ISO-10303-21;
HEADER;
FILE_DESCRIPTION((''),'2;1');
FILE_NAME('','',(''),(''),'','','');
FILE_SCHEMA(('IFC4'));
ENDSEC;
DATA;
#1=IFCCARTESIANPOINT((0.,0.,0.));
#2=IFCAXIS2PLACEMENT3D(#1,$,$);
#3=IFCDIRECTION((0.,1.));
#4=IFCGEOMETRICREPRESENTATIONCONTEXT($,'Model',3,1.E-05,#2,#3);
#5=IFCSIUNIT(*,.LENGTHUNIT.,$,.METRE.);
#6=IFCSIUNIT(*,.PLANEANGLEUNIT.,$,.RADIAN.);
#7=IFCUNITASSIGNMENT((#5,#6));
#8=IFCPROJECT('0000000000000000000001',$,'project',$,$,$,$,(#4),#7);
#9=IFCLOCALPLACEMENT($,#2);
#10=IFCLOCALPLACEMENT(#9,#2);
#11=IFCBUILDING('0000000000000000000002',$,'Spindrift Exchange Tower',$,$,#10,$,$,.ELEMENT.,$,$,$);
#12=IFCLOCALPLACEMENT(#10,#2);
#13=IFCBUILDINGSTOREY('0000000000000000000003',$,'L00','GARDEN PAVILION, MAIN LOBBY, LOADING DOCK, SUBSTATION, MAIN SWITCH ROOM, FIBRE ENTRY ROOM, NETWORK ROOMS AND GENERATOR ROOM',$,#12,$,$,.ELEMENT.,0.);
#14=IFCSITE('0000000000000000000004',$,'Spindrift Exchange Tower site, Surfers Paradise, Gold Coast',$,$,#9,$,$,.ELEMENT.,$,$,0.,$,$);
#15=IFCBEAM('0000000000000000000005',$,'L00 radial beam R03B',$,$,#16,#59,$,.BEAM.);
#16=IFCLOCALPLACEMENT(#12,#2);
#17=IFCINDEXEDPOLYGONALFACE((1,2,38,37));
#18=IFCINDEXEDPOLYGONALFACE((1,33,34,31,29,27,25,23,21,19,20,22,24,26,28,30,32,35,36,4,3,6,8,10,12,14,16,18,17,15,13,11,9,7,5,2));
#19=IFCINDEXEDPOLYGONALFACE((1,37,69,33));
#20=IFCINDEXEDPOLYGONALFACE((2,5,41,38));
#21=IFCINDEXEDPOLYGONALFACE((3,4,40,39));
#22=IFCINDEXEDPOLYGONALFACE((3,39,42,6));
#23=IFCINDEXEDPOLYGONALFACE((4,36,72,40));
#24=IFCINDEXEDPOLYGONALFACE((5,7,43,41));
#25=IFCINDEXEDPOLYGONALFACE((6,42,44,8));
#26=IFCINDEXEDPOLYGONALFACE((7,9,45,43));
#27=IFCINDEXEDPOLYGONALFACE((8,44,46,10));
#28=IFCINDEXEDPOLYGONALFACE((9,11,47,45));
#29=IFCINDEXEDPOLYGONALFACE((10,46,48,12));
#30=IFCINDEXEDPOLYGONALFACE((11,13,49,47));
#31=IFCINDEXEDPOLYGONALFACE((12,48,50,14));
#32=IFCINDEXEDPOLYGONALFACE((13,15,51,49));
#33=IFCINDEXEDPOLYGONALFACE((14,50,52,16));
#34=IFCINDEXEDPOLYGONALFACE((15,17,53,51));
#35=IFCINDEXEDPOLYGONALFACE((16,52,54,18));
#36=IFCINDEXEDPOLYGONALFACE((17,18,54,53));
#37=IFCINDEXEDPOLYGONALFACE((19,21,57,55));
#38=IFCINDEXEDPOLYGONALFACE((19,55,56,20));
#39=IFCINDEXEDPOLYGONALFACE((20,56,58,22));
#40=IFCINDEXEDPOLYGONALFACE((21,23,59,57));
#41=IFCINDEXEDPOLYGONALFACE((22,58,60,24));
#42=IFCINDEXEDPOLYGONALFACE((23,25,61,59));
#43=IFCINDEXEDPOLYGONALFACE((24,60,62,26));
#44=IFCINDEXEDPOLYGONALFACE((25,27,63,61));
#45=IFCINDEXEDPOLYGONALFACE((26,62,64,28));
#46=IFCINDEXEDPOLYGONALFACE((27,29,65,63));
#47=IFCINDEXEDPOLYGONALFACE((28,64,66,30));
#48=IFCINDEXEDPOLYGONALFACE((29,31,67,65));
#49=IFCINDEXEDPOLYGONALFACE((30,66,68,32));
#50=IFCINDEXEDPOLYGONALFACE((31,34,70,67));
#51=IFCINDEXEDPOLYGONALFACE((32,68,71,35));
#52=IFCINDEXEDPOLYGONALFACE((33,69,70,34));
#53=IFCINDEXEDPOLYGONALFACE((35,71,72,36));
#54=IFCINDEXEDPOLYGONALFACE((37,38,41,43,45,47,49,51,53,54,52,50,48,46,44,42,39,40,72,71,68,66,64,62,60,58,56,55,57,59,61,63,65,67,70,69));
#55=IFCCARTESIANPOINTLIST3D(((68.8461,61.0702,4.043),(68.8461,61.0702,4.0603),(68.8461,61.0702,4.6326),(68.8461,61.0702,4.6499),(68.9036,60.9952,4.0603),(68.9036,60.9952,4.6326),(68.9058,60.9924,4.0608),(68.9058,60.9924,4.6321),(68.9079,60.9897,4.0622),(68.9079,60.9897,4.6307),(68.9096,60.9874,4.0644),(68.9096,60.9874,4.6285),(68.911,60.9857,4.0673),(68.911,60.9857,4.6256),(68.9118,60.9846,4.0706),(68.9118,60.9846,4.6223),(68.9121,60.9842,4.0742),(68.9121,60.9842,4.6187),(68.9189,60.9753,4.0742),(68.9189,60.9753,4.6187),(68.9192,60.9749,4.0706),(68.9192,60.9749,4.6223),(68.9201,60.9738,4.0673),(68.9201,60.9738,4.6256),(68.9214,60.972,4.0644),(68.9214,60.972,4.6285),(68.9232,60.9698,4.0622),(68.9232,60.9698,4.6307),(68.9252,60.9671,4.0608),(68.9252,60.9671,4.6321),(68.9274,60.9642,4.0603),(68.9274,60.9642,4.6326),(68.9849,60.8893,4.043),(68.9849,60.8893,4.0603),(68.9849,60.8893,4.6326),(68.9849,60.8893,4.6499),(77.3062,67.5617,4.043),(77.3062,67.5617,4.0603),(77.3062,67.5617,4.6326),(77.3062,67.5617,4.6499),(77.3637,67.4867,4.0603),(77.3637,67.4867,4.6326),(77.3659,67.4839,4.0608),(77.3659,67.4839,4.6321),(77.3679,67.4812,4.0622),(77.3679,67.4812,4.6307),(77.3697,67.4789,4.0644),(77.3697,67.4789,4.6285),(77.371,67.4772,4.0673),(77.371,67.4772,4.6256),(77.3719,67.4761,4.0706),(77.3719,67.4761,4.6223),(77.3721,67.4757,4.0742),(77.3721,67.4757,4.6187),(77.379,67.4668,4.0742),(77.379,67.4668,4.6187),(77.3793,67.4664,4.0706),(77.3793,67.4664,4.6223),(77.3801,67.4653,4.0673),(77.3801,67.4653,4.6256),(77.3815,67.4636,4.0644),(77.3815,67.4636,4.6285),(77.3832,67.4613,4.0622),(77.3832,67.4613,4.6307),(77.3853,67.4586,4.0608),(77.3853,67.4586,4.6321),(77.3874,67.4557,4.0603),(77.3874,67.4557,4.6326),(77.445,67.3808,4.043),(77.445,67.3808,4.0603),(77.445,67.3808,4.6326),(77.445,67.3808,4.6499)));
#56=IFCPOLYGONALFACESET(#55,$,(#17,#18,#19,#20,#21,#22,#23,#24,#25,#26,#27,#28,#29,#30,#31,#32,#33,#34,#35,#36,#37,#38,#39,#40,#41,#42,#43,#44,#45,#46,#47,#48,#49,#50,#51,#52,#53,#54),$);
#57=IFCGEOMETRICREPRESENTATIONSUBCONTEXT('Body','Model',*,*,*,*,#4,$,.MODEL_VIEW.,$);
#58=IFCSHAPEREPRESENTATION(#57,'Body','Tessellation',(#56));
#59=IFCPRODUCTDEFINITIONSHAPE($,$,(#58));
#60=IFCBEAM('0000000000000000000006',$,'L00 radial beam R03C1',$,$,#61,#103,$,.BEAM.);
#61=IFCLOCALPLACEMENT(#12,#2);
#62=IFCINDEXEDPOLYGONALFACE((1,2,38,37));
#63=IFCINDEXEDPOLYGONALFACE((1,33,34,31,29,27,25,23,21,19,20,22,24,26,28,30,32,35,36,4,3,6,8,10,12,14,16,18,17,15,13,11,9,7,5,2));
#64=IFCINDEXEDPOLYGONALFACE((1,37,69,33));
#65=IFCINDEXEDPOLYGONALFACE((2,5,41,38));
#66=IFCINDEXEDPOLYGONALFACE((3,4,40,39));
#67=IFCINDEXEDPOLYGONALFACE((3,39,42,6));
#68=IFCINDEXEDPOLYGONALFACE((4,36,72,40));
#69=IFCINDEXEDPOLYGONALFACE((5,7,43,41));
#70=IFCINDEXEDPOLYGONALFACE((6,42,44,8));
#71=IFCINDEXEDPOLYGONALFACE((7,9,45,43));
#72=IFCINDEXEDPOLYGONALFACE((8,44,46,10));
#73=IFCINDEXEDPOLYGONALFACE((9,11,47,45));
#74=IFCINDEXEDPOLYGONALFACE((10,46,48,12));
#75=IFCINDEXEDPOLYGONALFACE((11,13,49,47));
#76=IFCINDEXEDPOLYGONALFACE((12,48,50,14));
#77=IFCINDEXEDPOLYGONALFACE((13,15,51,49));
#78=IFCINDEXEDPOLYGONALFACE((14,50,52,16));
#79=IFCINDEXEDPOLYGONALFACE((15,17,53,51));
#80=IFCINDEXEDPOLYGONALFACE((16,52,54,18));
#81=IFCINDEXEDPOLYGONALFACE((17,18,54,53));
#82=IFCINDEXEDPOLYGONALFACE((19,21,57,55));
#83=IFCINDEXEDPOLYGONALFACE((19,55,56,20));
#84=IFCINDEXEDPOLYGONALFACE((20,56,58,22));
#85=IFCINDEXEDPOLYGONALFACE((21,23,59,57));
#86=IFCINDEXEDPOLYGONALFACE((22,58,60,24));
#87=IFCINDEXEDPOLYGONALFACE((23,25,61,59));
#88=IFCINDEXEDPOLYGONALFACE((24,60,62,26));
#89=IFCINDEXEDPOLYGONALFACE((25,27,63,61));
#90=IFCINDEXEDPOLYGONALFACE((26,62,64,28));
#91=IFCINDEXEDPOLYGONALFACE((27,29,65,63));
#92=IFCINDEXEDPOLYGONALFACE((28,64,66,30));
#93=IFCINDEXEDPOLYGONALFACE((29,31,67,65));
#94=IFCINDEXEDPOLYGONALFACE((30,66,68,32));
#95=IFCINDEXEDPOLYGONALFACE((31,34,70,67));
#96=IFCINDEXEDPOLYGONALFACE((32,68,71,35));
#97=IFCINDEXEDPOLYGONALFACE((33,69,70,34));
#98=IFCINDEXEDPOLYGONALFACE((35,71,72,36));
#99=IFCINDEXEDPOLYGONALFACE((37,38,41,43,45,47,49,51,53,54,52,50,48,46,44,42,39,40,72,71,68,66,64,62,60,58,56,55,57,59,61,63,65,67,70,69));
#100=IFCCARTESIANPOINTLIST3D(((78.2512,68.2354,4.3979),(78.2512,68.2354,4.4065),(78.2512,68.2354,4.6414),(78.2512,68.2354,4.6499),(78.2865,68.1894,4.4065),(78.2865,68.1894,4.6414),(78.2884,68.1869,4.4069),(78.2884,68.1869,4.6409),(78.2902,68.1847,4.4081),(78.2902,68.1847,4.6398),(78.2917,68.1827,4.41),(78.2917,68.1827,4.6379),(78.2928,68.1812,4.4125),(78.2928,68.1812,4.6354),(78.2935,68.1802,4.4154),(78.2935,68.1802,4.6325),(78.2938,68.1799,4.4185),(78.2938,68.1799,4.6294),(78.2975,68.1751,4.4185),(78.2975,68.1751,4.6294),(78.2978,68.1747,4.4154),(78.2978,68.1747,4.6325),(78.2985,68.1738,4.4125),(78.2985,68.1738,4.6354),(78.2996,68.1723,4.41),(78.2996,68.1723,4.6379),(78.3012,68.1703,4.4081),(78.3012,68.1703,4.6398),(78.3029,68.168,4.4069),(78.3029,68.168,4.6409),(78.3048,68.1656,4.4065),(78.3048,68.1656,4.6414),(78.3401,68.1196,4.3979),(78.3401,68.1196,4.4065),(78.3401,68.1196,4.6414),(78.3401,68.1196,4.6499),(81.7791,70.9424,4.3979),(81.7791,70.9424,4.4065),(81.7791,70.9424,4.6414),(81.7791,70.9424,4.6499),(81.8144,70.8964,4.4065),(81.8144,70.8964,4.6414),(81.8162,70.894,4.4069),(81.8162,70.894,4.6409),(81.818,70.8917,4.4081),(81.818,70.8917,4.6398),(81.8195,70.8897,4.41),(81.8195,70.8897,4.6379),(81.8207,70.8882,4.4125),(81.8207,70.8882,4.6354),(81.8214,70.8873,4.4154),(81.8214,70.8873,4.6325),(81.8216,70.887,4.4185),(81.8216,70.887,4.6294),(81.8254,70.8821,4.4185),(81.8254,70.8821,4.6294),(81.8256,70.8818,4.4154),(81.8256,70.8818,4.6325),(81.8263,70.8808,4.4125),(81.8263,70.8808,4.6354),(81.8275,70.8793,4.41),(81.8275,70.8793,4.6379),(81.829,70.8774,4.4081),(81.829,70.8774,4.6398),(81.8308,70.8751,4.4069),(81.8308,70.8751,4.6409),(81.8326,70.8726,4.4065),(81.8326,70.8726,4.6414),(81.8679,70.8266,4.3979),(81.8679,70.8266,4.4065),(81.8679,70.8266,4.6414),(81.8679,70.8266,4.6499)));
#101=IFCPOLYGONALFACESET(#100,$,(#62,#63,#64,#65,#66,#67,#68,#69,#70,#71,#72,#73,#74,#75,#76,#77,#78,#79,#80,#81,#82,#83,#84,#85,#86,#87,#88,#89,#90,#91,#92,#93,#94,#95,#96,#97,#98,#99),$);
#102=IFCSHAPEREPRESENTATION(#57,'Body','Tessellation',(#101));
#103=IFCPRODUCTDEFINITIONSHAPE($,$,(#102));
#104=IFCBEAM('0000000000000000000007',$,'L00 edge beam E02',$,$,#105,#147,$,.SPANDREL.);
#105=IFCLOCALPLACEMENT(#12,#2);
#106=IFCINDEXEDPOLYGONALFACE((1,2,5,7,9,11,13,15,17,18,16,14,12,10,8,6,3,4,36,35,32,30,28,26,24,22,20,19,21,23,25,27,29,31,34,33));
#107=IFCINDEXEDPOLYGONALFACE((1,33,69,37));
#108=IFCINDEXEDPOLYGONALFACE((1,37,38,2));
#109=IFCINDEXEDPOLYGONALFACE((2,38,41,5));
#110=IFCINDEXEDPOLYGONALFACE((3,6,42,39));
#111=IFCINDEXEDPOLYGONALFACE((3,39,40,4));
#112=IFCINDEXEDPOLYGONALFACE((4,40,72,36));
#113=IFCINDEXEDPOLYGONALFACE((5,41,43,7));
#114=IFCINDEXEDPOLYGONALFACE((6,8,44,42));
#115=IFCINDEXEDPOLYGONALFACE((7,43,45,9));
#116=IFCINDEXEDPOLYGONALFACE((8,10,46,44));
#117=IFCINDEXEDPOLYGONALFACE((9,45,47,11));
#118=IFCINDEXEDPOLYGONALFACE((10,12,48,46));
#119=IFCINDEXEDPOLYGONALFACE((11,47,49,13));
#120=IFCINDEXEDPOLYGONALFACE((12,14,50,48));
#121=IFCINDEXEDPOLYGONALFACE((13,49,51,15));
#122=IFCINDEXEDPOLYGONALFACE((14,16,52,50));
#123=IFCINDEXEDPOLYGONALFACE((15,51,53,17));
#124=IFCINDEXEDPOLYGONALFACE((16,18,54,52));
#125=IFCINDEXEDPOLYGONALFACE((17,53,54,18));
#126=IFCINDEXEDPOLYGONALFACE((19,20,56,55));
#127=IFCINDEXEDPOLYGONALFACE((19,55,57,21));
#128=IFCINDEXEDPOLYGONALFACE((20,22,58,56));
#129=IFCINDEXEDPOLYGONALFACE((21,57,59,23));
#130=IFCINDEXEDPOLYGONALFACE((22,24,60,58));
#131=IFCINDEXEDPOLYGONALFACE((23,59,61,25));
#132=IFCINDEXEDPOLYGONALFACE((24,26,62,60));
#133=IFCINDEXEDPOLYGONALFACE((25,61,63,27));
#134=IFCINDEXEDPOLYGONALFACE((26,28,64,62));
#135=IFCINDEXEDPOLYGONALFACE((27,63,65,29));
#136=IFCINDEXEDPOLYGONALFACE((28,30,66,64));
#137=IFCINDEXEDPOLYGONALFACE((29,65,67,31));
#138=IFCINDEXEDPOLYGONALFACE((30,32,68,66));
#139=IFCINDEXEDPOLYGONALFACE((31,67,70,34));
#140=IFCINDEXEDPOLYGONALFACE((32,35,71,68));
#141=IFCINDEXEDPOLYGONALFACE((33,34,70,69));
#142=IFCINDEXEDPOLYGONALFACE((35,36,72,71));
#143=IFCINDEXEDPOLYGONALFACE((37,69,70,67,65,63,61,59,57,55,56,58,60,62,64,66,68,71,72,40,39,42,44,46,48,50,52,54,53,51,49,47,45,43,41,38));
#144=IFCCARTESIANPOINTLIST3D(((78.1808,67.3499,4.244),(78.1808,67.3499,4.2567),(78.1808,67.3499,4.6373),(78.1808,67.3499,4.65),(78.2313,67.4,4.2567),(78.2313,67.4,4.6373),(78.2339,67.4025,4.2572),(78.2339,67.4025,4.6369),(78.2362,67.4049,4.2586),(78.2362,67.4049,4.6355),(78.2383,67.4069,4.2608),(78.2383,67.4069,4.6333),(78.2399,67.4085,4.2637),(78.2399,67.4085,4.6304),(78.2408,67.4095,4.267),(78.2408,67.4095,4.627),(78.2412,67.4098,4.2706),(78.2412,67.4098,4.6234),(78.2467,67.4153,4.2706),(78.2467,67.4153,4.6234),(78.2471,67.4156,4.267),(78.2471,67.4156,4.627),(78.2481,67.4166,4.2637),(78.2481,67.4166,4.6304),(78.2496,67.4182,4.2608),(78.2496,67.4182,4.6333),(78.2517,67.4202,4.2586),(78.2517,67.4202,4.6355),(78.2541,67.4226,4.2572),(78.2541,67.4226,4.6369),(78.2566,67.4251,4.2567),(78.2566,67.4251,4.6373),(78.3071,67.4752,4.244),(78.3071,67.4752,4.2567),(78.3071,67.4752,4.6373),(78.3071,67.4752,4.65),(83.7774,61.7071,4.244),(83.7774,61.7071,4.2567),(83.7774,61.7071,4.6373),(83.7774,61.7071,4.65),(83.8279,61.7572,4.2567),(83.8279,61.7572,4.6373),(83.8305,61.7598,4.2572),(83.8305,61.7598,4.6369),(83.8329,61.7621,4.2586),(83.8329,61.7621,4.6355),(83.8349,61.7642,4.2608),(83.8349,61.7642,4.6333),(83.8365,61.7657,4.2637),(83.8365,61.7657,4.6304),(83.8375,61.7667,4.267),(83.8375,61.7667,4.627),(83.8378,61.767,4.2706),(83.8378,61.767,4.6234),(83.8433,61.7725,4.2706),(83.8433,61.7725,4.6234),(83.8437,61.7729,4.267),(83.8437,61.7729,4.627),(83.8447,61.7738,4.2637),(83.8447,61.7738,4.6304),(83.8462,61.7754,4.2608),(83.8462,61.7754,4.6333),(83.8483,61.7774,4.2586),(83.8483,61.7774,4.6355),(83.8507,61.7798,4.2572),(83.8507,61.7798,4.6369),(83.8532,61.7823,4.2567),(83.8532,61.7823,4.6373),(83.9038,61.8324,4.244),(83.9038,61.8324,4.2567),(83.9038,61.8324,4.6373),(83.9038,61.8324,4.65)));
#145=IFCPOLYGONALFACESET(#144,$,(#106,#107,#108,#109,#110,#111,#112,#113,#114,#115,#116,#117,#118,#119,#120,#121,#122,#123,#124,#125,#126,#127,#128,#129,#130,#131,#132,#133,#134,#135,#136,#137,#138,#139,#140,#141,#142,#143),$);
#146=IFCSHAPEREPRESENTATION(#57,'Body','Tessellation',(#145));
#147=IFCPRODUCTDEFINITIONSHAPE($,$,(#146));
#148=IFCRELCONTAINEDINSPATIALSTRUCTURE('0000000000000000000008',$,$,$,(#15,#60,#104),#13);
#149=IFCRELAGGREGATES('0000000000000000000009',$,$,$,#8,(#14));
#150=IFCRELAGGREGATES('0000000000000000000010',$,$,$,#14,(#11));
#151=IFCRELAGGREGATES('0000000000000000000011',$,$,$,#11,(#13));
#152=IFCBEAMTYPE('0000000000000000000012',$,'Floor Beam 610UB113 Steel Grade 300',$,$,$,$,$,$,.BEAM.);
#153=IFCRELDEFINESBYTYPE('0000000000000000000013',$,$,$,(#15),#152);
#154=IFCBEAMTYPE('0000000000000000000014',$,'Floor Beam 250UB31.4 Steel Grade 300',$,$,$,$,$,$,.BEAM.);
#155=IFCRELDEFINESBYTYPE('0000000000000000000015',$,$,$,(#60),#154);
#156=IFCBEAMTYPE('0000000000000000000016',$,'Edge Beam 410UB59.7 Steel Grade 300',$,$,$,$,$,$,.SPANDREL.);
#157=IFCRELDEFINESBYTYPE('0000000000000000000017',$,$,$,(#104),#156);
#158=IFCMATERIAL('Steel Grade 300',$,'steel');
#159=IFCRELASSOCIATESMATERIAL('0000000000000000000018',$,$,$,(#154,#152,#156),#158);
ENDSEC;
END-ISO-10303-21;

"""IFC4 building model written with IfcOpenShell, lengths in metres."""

from ifc_helpers import new_model, si_unit, direction, frame, origin, origin_2d, place, context, subcontext, project, spatial, i_section, extrude, source, transform, mapped, material, material_profile, profile_set, type_object, element, save


model = new_model("IFC4")

# Units and contexts
model_context = context("Model", 3, precision=1e-05, world=origin(), true_north=direction((0.0, 1.0)))
body_context = subcontext(model_context, "Body", "Model", "MODEL_VIEW")
ifc_project = project(units=[si_unit("LENGTHUNIT", "METRE"), si_unit("PLANEANGLEUNIT", "RADIAN")], contexts=[model_context])

# Site, building, storey
site_placement = place(None, origin())
site = spatial("IfcSite", under=ifc_project, at=site_placement, Name="Spindrift Exchange Tower site, Surfers Paradise, Gold Coast", CompositionType="ELEMENT", RefElevation=0.0)
building_placement = place(site_placement, origin())
building = spatial("IfcBuilding", under=site, at=building_placement, Name="Spindrift Exchange Tower", CompositionType="ELEMENT")
storey_placement = place(building_placement, origin())
storey = spatial("IfcBuildingStorey", under=building, at=storey_placement, Name="L00", Description="GARDEN PAVILION, MAIN LOBBY, LOADING DOCK, SUBSTATION, MAIN SWITCH ROOM, FIBRE ENTRY ROOM, NETWORK ROOMS AND GENERATOR ROOM", CompositionType="ELEMENT", Elevation=0.0)

# Beams
ifc_material_1 = material(Name="Steel Grade 300", Category="steel")
ifc_material_profile_1 = material_profile(ifc_material_1, i_section(OverallWidth=0.146, OverallDepth=0.252, WebThickness=0.0061, FlangeThickness=0.0085, FilletRadius=0.012, at=origin_2d()), Name="250UB31.4")
ifc_profile_set_1 = profile_set([ifc_material_profile_1], Name="Steel Grade 300")
beam_type_1 = type_object("IfcBeamType", Name="Floor Beam 250UB31.4 Steel Grade 300", PredefinedType="BEAM", material=ifc_profile_set_1)
ifc_material_profile_2 = material_profile(ifc_material_1, i_section(OverallWidth=0.228, OverallDepth=0.6069, WebThickness=0.0112, FlangeThickness=0.0173, FilletRadius=0.0139, at=origin_2d()), Name="610UB113")
ifc_profile_set_2 = profile_set([ifc_material_profile_2], Name="Steel Grade 300")
beam_type_2 = type_object("IfcBeamType", Name="Floor Beam 610UB113 Steel Grade 300", PredefinedType="BEAM", material=ifc_profile_set_2)
shared_shape_1 = source(origin(), body_context, "Body", "SweptSolid", [
    extrude(i_section(OverallWidth=0.228, OverallDepth=0.6069, WebThickness=0.0112, FlangeThickness=0.0173, FilletRadius=0.0139, at=origin_2d()), origin(), (0.0, 0.0, 1.0), 10.6636),
])
beam_1_placement = place(storey_placement, frame((68.9155, 60.9797, 4.3464), z_axis=(0.793358, 0.608755, 0.0), x_axis=(-0.608755, 0.793358, 0.0)))
element("IfcBeam", 1, at=beam_1_placement, inside=storey, type_object=beam_type_2, Name="L00 radial beam R03B", PredefinedType="BEAM", context=body_context, shape_type="MappedRepresentation", body=[
    mapped(shared_shape_1, transform((0.0, 0.0, 0.0), scale=1.0)),
])
shared_shape_2 = source(origin(), body_context, "Body", "SweptSolid", [
    extrude(i_section(OverallWidth=0.146, OverallDepth=0.252, WebThickness=0.0061, FlangeThickness=0.0085, FilletRadius=0.012, at=origin_2d()), origin(), (0.0, 0.0, 1.0), 4.4468),
])
beam_2_placement = place(storey_placement, frame((78.2957, 68.1775, 4.5239), z_axis=(0.79335, 0.608766, 0.0), x_axis=(-0.608766, 0.79335, 0.0)))
element("IfcBeam", 2, at=beam_2_placement, inside=storey, type_object=beam_type_1, Name="L00 radial beam R03C1", PredefinedType="BEAM", context=body_context, shape_type="MappedRepresentation", body=[
    mapped(shared_shape_2, transform((0.0, 0.0, 0.0), scale=1.0)),
])
ifc_material_profile_3 = material_profile(ifc_material_1, i_section(OverallWidth=0.178, OverallDepth=0.406, WebThickness=0.0078, FlangeThickness=0.0127, FilletRadius=0.0139, at=origin_2d()), Name="410UB59.7")
ifc_profile_set_3 = profile_set([ifc_material_profile_3], Name="Steel Grade 300")
beam_type_3 = type_object("IfcBeamType", Name="Edge Beam 410UB59.7 Steel Grade 300", PredefinedType="SPANDREL", material=ifc_profile_set_3)
shared_shape_3 = source(origin(), body_context, "Body", "SweptSolid", [
    extrude(i_section(OverallWidth=0.178, OverallDepth=0.406, WebThickness=0.0078, FlangeThickness=0.0127, FilletRadius=0.0139, at=origin_2d()), origin(), (0.0, 0.0, 1.0), 7.9475),
])
beam_3_placement = place(storey_placement, frame((83.8406, 61.7698, 4.447), z_axis=(-0.704198, 0.710004, 0.0), x_axis=(-0.710004, -0.704198, 0.0)))
element("IfcBeam", 3, at=beam_3_placement, inside=storey, type_object=beam_type_3, Name="L00 edge beam E02", PredefinedType="SPANDREL", context=body_context, shape_type="MappedRepresentation", body=[
    mapped(shared_shape_3, transform((0.0, 0.0, 0.0), scale=1.0)),
])

save(model, "model.ifc")
